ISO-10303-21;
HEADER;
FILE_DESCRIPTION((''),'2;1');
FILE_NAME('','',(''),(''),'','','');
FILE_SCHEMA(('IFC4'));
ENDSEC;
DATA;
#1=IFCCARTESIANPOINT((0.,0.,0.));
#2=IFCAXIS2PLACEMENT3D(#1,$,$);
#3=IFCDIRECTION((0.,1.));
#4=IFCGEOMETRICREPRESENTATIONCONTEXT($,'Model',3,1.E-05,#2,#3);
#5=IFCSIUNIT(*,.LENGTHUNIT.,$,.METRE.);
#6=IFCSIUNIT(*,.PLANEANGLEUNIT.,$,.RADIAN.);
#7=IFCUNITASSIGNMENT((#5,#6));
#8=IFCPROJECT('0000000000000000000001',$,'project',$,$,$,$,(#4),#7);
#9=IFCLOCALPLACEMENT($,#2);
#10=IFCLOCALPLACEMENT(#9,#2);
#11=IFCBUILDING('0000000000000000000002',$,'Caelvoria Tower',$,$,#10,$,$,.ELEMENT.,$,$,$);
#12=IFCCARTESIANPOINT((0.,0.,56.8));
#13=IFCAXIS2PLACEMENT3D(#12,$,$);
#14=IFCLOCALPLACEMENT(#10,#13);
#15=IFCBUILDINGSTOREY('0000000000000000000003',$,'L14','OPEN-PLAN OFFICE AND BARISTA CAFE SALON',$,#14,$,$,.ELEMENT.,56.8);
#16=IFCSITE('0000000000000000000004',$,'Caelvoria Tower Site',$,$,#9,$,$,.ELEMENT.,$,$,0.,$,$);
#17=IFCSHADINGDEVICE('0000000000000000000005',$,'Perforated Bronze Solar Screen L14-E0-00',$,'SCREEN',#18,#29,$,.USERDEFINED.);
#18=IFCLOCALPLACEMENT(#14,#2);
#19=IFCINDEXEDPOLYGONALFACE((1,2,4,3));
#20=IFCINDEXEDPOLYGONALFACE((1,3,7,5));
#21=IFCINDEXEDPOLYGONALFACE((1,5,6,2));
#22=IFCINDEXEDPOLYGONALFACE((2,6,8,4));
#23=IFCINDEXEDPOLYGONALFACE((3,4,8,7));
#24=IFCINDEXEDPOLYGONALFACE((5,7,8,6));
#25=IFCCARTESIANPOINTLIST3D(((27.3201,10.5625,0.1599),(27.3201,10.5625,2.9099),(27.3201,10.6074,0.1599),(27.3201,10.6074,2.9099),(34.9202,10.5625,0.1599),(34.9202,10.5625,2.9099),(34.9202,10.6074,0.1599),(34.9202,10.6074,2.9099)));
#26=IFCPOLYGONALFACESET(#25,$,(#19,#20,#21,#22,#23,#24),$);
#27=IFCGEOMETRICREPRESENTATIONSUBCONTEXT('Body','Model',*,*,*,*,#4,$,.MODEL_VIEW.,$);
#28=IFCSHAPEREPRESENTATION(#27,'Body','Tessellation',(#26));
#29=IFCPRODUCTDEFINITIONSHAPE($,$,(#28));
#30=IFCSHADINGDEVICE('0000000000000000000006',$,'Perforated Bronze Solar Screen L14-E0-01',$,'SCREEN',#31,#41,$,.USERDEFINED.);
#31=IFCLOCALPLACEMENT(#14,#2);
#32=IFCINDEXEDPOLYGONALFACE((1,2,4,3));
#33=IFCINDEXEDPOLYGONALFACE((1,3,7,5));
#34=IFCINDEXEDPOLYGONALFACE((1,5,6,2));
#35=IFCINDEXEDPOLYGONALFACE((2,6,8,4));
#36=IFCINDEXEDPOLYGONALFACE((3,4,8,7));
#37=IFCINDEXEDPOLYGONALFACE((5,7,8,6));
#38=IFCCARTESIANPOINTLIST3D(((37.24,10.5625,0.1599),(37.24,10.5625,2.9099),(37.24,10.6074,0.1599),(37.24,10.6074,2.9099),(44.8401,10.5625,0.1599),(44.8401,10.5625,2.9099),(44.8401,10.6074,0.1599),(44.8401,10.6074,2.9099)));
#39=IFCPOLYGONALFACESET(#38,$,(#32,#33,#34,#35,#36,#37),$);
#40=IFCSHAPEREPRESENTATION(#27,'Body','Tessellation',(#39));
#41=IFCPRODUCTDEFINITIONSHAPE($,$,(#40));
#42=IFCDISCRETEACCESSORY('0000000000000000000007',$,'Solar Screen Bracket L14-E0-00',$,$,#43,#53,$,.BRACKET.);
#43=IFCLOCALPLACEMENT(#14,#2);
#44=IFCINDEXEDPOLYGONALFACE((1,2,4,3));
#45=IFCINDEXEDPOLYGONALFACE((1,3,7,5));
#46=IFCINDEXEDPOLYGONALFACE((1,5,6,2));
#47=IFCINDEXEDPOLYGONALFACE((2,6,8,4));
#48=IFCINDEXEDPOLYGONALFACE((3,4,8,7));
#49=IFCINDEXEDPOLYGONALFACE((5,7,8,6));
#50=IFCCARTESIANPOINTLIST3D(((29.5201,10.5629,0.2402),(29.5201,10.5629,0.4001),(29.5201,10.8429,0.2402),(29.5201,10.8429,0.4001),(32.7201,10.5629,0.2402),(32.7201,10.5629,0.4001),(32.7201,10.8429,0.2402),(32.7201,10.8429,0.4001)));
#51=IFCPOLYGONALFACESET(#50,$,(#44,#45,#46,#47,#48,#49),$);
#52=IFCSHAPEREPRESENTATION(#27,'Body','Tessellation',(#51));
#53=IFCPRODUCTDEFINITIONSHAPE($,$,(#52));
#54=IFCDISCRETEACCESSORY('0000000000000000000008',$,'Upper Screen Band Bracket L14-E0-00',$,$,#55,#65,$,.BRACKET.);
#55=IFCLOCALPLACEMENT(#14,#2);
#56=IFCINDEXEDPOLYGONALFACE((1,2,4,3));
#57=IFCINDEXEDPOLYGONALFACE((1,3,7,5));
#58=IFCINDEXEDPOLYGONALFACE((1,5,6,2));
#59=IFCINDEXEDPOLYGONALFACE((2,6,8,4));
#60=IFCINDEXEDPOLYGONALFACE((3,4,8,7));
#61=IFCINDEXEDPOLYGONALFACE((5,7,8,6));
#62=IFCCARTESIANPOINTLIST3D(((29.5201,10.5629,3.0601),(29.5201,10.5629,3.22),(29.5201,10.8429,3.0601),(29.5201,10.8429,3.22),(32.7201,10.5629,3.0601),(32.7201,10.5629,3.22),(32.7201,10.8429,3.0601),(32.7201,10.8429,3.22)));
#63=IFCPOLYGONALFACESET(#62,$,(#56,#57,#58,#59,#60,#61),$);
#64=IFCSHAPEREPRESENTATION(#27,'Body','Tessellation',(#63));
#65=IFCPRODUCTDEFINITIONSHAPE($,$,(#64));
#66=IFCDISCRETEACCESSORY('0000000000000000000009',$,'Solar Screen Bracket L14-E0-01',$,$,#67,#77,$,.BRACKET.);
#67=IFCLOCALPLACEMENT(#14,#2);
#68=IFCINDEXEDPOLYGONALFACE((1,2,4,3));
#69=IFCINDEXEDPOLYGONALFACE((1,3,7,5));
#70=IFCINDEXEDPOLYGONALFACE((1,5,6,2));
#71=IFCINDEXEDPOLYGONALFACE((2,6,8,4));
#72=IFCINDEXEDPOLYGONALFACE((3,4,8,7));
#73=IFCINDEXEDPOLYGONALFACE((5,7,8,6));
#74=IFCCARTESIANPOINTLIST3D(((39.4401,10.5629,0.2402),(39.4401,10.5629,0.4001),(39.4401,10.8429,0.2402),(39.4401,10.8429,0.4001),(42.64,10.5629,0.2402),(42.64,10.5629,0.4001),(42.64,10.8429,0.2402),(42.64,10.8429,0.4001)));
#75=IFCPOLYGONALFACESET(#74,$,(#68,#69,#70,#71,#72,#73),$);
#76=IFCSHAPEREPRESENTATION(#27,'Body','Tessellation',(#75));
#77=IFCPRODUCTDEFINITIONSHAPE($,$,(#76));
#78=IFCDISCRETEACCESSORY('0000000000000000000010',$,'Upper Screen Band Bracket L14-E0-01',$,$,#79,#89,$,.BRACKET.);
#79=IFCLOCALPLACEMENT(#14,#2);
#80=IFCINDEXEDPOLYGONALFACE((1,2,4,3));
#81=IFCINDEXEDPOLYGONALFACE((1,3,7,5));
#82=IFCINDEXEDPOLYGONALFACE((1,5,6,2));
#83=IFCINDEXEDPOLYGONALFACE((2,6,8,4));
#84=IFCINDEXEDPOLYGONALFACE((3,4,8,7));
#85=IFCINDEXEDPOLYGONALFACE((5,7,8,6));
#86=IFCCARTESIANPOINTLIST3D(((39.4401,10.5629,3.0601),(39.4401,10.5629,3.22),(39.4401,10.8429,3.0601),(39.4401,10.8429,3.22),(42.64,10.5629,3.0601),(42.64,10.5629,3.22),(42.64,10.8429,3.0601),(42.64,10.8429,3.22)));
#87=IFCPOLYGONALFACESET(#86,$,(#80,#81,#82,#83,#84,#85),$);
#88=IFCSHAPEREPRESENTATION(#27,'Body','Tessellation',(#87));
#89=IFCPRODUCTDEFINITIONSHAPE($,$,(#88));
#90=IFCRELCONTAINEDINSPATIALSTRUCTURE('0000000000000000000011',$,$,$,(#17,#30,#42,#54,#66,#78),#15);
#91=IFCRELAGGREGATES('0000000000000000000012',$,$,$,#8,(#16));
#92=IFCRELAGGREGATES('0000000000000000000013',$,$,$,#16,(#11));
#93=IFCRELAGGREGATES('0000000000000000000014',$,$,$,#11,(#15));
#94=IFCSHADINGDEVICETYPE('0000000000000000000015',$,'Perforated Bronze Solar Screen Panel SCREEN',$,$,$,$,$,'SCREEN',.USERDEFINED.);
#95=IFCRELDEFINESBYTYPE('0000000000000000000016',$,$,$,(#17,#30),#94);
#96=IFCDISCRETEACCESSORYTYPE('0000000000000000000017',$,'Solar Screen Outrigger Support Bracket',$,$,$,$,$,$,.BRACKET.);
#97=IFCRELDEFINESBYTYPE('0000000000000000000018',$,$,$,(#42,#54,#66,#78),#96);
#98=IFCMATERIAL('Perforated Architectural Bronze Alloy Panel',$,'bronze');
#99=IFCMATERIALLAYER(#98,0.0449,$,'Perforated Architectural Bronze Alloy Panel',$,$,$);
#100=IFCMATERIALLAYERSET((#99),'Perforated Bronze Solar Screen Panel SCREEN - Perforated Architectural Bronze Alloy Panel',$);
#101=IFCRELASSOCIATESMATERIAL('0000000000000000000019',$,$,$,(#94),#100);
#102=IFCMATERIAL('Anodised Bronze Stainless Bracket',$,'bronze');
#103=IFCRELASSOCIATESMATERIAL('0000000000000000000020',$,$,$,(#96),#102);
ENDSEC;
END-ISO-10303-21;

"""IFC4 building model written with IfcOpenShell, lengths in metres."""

from ifc_helpers import new_model, si_unit, direction, frame, origin, origin_2d, place, context, subcontext, project, spatial, rectangle, extrude, material, layer, layer_set, type_object, element, save


model = new_model("IFC4")

# Units and contexts
model_context = context("Model", 3, precision=1e-05, world=origin(), true_north=direction((0.0, 1.0)))
body_context = subcontext(model_context, "Body", "Model", "MODEL_VIEW")
ifc_project = project(units=[si_unit("LENGTHUNIT", "METRE"), si_unit("PLANEANGLEUNIT", "RADIAN")], contexts=[model_context])

# Site, building, storey
site_placement = place(None, origin())
site = spatial("IfcSite", under=ifc_project, at=site_placement, Name="Caelvoria Tower Site", CompositionType="ELEMENT", RefElevation=0.0)
building_placement = place(site_placement, origin())
building = spatial("IfcBuilding", under=site, at=building_placement, Name="Caelvoria Tower", CompositionType="ELEMENT")
storey_placement = place(building_placement, frame((0.0, 0.0, 56.8)))
storey = spatial("IfcBuildingStorey", under=building, at=storey_placement, Name="L14", Description="OPEN-PLAN OFFICE AND BARISTA CAFE SALON", CompositionType="ELEMENT", Elevation=56.8)

# Shading devices
ifc_material_1 = material(Name="Perforated Architectural Bronze Alloy Panel", Category="bronze")
ifc_layer_1 = layer(ifc_material_1, 0.0449, Name="Perforated Architectural Bronze Alloy Panel")
ifc_layer_set_1 = layer_set([ifc_layer_1], Name="Perforated Bronze Solar Screen Panel SCREEN - Perforated Architectural Bronze Alloy Panel")
shading_device_type = type_object("IfcShadingDeviceType", Name="Perforated Bronze Solar Screen Panel SCREEN", ElementType="SCREEN", PredefinedType="USERDEFINED", material=ifc_layer_set_1)
for number, where, z_axis, x_axis, name in (
    (1, (31.1201, 10.585, 0.1599), (0.0, 0.0, 1.0), (1.0, 0.0, 0.0), "Perforated Bronze Solar Screen L14-E0-00"),
    (2, (41.04, 10.585, 0.1599), (0.0, 0.0, 1.0), (1.0, 0.0, 0.0), "Perforated Bronze Solar Screen L14-E0-01"),
):
    element("IfcShadingDevice", number, at=place(storey_placement, frame(where, z_axis=z_axis, x_axis=x_axis)), inside=storey, type_object=shading_device_type, Name=name, ObjectType="SCREEN", PredefinedType="USERDEFINED", context=body_context, shape_type="SweptSolid", body=[
        extrude(rectangle(XDim=7.6001, YDim=0.0449, at=origin_2d()), origin(), (0.0, 0.0, 1.0), 2.75),
    ])

# Discrete accessories
ifc_material_2 = material(Name="Anodised Bronze Stainless Bracket", Category="bronze")
discrete_accessory_type = type_object("IfcDiscreteAccessoryType", Name="Solar Screen Outrigger Support Bracket", PredefinedType="BRACKET", material=ifc_material_2)
for number, where, z_axis, x_axis, name in (
    (3, (31.1201, 10.7029, 0.2402), (0.0, 0.0, 1.0), (1.0, 0.0, 0.0), "Solar Screen Bracket L14-E0-00"),
    (4, (31.1201, 10.7029, 3.0601), (0.0, 0.0, 1.0), (1.0, 0.0, 0.0), "Upper Screen Band Bracket L14-E0-00"),
    (5, (41.04, 10.7029, 0.2402), (0.0, 0.0, 1.0), (1.0, 0.0, 0.0), "Solar Screen Bracket L14-E0-01"),
    (6, (41.04, 10.7029, 3.0601), (0.0, 0.0, 1.0), (1.0, 0.0, 0.0), "Upper Screen Band Bracket L14-E0-01"),
):
    element("IfcDiscreteAccessory", number, at=place(storey_placement, frame(where, z_axis=z_axis, x_axis=x_axis)), inside=storey, type_object=discrete_accessory_type, Name=name, PredefinedType="BRACKET", context=body_context, shape_type="SweptSolid", body=[
        extrude(rectangle(XDim=3.2, YDim=0.28, at=origin_2d()), origin(), (0.0, 0.0, 1.0), 0.1599),
    ])

save(model, "model.ifc")
